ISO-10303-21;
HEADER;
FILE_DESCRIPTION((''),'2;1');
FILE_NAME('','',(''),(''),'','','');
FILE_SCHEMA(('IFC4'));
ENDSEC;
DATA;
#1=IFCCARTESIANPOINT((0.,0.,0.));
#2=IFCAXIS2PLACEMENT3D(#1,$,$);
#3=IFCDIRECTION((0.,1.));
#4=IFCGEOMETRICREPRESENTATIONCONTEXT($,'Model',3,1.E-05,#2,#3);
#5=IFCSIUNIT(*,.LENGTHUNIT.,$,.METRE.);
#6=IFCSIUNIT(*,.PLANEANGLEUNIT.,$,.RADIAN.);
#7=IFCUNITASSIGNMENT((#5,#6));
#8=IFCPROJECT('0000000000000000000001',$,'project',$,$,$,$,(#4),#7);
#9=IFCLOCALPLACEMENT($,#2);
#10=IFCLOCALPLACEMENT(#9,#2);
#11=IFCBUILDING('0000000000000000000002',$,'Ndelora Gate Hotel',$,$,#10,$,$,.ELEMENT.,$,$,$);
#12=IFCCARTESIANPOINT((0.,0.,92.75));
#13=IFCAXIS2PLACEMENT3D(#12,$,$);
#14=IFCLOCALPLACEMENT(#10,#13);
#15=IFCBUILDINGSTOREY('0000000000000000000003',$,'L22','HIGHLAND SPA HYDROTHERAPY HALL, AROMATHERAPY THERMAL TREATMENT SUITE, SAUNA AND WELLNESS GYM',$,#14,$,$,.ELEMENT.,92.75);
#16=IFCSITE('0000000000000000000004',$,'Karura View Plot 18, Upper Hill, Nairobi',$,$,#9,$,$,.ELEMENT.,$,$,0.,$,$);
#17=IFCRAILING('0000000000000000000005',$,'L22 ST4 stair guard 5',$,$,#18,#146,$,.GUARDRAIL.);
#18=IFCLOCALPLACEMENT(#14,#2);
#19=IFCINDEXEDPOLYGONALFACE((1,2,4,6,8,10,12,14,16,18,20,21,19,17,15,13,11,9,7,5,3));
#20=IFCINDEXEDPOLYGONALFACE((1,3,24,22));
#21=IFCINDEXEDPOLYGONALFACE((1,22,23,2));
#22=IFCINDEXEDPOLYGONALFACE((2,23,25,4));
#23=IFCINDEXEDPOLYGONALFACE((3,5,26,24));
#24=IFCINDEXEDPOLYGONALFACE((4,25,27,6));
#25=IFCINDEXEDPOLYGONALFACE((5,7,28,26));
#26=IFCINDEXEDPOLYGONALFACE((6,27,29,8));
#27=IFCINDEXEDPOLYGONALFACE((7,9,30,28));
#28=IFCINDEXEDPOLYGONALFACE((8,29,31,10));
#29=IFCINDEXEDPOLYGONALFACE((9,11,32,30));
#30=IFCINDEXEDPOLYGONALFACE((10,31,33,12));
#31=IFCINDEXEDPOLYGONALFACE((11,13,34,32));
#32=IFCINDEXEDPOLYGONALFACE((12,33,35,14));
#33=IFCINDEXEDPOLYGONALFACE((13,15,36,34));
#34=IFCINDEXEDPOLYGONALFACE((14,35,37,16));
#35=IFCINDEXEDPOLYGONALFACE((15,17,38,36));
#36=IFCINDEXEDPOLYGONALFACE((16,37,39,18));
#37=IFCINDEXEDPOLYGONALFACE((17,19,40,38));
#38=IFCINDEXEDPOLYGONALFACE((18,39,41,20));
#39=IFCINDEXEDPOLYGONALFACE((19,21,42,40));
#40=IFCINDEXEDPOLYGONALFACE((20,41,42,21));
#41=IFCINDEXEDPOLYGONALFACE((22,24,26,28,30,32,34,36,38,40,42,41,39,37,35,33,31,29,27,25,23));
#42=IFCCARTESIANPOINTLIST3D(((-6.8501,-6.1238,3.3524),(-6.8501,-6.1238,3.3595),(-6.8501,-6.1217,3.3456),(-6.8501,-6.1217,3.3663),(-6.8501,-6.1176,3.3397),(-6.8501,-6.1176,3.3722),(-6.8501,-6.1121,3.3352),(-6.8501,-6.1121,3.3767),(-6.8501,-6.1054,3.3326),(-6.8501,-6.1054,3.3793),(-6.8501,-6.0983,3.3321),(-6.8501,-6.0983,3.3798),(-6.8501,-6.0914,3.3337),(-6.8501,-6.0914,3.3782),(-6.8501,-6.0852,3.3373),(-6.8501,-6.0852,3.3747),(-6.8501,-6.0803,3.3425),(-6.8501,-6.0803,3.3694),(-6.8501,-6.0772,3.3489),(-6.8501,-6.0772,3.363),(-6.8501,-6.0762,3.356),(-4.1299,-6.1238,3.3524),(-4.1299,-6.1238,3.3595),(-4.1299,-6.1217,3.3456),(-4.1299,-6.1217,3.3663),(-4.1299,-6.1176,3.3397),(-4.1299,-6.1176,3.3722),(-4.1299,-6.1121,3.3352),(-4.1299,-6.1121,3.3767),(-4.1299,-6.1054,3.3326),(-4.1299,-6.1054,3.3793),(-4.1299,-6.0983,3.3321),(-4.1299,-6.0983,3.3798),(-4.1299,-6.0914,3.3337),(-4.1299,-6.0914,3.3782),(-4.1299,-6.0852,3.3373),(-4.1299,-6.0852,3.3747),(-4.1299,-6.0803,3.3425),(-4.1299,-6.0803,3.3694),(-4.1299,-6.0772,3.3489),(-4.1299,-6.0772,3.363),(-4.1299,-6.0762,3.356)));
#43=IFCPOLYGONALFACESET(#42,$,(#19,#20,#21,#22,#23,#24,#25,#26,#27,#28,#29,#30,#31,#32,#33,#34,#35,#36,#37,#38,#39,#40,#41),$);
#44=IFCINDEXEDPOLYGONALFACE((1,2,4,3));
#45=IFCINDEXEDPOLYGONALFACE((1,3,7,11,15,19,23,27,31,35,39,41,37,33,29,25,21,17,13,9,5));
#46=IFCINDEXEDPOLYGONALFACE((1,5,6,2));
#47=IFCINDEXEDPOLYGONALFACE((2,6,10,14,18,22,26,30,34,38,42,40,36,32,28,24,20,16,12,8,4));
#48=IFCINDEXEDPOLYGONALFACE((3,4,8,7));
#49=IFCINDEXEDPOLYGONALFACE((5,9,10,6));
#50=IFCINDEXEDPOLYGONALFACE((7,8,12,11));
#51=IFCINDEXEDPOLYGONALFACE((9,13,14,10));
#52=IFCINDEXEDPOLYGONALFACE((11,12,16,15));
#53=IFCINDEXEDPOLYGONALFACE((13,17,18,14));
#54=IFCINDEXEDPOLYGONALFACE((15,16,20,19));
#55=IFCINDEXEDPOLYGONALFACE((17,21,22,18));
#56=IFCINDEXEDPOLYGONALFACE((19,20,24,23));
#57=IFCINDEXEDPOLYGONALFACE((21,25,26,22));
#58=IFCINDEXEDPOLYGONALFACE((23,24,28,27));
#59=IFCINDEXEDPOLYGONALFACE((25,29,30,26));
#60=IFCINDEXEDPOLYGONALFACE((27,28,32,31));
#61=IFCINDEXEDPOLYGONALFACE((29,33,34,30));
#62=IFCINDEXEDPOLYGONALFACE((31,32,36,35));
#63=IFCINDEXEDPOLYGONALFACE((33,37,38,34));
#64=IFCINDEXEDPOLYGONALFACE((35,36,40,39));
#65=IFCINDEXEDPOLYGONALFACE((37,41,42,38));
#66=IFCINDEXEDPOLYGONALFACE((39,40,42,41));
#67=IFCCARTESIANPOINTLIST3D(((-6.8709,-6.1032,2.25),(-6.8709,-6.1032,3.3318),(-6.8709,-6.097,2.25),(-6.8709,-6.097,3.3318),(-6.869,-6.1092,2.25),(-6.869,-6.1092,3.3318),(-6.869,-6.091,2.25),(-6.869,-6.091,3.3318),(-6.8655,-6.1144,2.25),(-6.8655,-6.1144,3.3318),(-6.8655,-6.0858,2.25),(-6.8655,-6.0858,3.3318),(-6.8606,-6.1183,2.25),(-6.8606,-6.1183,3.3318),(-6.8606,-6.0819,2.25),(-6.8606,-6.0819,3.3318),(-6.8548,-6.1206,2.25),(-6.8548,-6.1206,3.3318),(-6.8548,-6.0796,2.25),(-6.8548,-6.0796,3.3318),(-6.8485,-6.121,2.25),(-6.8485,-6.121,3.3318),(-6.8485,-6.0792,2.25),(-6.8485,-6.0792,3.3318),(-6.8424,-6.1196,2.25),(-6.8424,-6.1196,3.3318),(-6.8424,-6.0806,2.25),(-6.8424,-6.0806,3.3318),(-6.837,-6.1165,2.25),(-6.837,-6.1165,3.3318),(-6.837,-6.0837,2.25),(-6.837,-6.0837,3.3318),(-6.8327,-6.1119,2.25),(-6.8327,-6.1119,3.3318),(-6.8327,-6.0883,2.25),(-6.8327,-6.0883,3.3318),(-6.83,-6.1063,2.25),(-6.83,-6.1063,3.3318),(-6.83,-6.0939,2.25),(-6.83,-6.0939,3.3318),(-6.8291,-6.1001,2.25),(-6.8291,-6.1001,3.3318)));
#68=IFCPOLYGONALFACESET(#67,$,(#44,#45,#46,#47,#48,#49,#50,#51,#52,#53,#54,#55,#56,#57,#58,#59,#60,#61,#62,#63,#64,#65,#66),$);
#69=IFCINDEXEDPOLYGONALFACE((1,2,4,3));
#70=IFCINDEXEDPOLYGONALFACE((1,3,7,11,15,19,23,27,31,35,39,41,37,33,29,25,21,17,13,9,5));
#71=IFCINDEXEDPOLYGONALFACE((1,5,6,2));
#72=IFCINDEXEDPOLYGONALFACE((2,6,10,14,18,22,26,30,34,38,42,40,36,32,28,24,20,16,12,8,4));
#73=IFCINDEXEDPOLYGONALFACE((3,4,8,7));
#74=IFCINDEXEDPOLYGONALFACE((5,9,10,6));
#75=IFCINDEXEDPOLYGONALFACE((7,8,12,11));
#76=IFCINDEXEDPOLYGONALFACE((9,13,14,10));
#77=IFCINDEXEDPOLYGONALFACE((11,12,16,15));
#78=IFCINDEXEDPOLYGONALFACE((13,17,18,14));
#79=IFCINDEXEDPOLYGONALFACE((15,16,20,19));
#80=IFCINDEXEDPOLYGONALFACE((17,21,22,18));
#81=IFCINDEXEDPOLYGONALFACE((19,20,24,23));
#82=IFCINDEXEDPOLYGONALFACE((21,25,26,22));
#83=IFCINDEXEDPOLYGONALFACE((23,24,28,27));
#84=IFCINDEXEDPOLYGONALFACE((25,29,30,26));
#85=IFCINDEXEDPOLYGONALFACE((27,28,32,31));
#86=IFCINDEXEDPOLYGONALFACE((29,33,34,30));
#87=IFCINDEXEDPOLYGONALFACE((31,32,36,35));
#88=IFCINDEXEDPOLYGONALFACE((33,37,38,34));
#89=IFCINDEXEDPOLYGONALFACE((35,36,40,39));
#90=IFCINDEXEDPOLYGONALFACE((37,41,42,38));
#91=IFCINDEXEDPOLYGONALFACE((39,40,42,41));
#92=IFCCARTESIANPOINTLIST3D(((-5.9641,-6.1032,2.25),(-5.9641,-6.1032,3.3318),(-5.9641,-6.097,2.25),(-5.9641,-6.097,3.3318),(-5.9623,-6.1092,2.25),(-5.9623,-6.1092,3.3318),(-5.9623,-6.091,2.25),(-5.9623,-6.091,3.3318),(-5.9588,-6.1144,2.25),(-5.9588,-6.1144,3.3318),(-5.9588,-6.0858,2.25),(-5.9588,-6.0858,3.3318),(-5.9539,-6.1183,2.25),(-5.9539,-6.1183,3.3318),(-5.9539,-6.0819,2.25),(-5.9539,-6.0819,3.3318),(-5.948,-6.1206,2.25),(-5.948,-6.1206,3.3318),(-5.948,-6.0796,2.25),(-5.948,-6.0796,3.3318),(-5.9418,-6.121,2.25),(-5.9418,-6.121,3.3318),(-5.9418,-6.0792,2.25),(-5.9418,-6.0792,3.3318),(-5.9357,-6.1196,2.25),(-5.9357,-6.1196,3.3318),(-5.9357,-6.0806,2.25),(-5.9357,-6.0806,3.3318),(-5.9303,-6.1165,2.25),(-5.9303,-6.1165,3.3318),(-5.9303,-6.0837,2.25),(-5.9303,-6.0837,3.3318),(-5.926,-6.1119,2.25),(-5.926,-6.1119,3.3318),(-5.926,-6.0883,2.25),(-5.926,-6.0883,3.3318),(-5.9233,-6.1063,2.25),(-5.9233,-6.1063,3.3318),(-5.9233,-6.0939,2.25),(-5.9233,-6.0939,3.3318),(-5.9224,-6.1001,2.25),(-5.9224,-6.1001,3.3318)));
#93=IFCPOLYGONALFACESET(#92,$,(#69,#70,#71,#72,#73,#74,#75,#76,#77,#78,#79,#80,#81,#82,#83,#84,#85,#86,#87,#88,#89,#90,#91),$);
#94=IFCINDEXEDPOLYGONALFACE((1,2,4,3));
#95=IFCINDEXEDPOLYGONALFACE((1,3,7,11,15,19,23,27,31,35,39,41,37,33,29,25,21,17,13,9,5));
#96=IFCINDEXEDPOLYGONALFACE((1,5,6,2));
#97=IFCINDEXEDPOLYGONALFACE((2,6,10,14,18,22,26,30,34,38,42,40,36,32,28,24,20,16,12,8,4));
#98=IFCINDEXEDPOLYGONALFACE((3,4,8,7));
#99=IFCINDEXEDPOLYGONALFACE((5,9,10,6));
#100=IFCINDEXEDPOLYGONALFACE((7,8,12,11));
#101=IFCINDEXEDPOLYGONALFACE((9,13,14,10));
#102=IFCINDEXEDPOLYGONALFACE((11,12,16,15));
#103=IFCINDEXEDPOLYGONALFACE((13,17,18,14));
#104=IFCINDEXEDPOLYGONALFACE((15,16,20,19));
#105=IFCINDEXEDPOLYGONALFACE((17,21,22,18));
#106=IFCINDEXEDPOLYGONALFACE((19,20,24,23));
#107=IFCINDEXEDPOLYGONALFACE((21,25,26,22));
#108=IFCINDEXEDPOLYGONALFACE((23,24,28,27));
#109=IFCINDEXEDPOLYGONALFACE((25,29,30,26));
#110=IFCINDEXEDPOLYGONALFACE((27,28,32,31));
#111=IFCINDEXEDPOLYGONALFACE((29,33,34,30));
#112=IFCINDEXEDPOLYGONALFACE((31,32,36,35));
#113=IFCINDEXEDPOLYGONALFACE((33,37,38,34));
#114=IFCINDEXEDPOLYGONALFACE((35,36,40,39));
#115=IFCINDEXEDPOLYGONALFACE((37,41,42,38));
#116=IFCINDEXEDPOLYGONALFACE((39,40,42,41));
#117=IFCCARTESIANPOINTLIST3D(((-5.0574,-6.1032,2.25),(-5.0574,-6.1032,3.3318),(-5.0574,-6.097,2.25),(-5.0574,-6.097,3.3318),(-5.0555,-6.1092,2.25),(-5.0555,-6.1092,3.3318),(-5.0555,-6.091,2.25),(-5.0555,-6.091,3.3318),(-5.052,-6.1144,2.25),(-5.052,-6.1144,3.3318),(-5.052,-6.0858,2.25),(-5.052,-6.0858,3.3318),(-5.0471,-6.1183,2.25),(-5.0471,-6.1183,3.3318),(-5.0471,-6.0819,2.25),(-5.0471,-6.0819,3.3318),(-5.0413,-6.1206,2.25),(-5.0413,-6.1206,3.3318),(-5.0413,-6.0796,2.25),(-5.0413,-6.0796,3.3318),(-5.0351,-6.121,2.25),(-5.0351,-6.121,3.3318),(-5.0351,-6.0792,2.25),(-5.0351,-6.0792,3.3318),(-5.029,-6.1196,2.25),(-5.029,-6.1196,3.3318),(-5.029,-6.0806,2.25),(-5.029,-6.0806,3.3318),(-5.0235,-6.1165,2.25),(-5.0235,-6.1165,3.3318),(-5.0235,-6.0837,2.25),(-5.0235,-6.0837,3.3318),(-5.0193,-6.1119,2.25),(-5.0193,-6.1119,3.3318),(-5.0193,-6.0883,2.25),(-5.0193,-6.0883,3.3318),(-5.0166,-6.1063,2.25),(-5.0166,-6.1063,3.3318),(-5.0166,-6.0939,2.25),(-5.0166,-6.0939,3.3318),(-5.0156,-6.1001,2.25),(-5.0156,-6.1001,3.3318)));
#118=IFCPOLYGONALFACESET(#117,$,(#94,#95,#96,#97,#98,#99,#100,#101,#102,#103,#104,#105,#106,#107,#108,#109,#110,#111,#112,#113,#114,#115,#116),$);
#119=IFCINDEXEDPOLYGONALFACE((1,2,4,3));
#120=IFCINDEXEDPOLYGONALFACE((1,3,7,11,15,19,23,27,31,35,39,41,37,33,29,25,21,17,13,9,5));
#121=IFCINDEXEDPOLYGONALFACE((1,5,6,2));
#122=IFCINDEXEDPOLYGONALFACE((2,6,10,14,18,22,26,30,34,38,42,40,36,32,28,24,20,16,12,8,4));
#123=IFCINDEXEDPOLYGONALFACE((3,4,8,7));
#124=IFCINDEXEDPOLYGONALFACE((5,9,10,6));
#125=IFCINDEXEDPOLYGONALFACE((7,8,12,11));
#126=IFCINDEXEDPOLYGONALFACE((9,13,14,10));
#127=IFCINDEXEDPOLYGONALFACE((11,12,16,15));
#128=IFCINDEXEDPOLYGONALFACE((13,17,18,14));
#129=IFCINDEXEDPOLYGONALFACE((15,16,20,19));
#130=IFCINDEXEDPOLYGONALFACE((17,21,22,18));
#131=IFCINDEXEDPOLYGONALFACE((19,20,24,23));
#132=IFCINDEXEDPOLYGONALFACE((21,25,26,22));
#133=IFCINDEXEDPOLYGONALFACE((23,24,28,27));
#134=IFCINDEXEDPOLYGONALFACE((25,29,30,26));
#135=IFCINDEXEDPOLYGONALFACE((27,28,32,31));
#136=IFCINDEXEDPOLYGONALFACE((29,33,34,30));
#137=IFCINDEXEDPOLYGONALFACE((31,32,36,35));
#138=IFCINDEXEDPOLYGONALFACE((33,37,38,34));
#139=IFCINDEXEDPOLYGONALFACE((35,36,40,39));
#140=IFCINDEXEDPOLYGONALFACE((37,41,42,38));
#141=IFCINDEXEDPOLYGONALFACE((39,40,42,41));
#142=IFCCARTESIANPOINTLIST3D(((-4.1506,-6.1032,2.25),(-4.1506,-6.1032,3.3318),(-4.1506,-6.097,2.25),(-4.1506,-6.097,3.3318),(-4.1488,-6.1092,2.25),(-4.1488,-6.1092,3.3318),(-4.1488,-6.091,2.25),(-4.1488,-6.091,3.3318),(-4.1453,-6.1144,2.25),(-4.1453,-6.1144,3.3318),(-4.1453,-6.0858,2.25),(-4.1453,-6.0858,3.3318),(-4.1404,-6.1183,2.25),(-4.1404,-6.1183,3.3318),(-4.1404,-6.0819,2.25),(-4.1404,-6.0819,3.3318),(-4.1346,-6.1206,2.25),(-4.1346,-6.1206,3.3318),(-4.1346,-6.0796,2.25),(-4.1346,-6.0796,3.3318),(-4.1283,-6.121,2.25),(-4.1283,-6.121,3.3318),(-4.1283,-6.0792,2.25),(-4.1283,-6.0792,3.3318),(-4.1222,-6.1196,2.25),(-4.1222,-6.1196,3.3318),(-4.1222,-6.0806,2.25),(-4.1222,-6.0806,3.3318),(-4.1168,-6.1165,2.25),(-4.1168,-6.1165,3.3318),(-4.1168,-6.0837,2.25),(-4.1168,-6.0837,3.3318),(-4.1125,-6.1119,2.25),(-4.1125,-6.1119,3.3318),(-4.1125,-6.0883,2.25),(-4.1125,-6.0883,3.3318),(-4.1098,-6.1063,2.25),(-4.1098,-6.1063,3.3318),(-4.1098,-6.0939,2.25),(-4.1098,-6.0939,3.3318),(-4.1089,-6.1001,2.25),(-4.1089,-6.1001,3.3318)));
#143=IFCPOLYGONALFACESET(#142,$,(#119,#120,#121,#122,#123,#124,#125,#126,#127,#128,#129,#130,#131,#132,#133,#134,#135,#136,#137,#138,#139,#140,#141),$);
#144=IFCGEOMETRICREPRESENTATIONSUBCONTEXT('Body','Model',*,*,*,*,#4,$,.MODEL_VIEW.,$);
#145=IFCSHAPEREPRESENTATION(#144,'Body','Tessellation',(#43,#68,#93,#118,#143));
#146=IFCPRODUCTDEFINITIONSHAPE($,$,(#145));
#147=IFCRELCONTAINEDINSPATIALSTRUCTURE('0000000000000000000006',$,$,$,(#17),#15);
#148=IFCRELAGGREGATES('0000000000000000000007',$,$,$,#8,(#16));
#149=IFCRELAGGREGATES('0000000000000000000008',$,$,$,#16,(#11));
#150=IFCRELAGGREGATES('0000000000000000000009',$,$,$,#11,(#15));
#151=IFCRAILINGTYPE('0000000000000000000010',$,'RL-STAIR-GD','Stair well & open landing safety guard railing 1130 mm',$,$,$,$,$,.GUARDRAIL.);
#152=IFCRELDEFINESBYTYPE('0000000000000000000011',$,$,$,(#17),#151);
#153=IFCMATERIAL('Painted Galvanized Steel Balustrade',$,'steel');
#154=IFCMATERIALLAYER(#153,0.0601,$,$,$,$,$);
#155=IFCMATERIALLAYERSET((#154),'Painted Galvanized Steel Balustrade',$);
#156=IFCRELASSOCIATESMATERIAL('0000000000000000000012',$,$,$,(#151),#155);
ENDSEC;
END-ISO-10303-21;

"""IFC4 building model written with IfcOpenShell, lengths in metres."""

from ifc_helpers import new_model, si_unit, direction, frame, origin, origin_2d, place, context, subcontext, project, spatial, circle, extrude, material, layer, layer_set, type_object, element, save


model = new_model("IFC4")

# Units and contexts
model_context = context("Model", 3, precision=1e-05, world=origin(), true_north=direction((0.0, 1.0)))
body_context = subcontext(model_context, "Body", "Model", "MODEL_VIEW")
ifc_project = project(units=[si_unit("LENGTHUNIT", "METRE"), si_unit("PLANEANGLEUNIT", "RADIAN")], contexts=[model_context])

# Site, building, storey
site_placement = place(None, origin())
site = spatial("IfcSite", under=ifc_project, at=site_placement, Name="Karura View Plot 18, Upper Hill, Nairobi", CompositionType="ELEMENT", RefElevation=0.0)
building_placement = place(site_placement, origin())
building = spatial("IfcBuilding", under=site, at=building_placement, Name="Ndelora Gate Hotel", CompositionType="ELEMENT")
storey_placement = place(building_placement, frame((0.0, 0.0, 92.75)))
storey = spatial("IfcBuildingStorey", under=building, at=storey_placement, Name="L22", Description="HIGHLAND SPA HYDROTHERAPY HALL, AROMATHERAPY THERMAL TREATMENT SUITE, SAUNA AND WELLNESS GYM", CompositionType="ELEMENT", Elevation=92.75)

# Railing
ifc_material_1 = material(Name="Painted Galvanized Steel Balustrade", Category="steel")
ifc_layer_1 = layer(ifc_material_1, 0.0601)
ifc_layer_set_1 = layer_set([ifc_layer_1], Name="Painted Galvanized Steel Balustrade")
railing_type_1 = type_object("IfcRailingType", Name="RL-STAIR-GD", Description="Stair well & open landing safety guard railing 1130 mm", PredefinedType="GUARDRAIL", material=ifc_layer_set_1)
railing_1_placement = place(storey_placement, frame((-6.8501, -6.1001, 2.25)))
element("IfcRailing", 1, at=railing_1_placement, inside=storey, type_object=railing_type_1, Name="L22 ST4 stair guard 5", PredefinedType="GUARDRAIL", context=body_context, shape_type="SweptSolid", body=[
    extrude(circle(Radius=0.0239, at=origin_2d()), frame((0.0, 0.0, 1.106), z_axis=(1.0, 0.0, 0.0), x_axis=(0.0, 1.0, 0.0)), (0.0, 0.0, 1.0), 2.7202),
    extrude(circle(Radius=0.021, at=origin_2d()), origin(), (0.0, 0.0, 1.0), 1.0818),
    extrude(circle(Radius=0.021, at=origin_2d()), frame((0.9067, 0.0, 0.0)), (0.0, 0.0, 1.0), 1.0818),
    extrude(circle(Radius=0.021, at=origin_2d()), frame((1.8135, 0.0, 0.0)), (0.0, 0.0, 1.0), 1.0818),
    extrude(circle(Radius=0.021, at=origin_2d()), frame((2.7202, 0.0, 0.0)), (0.0, 0.0, 1.0), 1.0818),
])

save(model, "model.ifc")
